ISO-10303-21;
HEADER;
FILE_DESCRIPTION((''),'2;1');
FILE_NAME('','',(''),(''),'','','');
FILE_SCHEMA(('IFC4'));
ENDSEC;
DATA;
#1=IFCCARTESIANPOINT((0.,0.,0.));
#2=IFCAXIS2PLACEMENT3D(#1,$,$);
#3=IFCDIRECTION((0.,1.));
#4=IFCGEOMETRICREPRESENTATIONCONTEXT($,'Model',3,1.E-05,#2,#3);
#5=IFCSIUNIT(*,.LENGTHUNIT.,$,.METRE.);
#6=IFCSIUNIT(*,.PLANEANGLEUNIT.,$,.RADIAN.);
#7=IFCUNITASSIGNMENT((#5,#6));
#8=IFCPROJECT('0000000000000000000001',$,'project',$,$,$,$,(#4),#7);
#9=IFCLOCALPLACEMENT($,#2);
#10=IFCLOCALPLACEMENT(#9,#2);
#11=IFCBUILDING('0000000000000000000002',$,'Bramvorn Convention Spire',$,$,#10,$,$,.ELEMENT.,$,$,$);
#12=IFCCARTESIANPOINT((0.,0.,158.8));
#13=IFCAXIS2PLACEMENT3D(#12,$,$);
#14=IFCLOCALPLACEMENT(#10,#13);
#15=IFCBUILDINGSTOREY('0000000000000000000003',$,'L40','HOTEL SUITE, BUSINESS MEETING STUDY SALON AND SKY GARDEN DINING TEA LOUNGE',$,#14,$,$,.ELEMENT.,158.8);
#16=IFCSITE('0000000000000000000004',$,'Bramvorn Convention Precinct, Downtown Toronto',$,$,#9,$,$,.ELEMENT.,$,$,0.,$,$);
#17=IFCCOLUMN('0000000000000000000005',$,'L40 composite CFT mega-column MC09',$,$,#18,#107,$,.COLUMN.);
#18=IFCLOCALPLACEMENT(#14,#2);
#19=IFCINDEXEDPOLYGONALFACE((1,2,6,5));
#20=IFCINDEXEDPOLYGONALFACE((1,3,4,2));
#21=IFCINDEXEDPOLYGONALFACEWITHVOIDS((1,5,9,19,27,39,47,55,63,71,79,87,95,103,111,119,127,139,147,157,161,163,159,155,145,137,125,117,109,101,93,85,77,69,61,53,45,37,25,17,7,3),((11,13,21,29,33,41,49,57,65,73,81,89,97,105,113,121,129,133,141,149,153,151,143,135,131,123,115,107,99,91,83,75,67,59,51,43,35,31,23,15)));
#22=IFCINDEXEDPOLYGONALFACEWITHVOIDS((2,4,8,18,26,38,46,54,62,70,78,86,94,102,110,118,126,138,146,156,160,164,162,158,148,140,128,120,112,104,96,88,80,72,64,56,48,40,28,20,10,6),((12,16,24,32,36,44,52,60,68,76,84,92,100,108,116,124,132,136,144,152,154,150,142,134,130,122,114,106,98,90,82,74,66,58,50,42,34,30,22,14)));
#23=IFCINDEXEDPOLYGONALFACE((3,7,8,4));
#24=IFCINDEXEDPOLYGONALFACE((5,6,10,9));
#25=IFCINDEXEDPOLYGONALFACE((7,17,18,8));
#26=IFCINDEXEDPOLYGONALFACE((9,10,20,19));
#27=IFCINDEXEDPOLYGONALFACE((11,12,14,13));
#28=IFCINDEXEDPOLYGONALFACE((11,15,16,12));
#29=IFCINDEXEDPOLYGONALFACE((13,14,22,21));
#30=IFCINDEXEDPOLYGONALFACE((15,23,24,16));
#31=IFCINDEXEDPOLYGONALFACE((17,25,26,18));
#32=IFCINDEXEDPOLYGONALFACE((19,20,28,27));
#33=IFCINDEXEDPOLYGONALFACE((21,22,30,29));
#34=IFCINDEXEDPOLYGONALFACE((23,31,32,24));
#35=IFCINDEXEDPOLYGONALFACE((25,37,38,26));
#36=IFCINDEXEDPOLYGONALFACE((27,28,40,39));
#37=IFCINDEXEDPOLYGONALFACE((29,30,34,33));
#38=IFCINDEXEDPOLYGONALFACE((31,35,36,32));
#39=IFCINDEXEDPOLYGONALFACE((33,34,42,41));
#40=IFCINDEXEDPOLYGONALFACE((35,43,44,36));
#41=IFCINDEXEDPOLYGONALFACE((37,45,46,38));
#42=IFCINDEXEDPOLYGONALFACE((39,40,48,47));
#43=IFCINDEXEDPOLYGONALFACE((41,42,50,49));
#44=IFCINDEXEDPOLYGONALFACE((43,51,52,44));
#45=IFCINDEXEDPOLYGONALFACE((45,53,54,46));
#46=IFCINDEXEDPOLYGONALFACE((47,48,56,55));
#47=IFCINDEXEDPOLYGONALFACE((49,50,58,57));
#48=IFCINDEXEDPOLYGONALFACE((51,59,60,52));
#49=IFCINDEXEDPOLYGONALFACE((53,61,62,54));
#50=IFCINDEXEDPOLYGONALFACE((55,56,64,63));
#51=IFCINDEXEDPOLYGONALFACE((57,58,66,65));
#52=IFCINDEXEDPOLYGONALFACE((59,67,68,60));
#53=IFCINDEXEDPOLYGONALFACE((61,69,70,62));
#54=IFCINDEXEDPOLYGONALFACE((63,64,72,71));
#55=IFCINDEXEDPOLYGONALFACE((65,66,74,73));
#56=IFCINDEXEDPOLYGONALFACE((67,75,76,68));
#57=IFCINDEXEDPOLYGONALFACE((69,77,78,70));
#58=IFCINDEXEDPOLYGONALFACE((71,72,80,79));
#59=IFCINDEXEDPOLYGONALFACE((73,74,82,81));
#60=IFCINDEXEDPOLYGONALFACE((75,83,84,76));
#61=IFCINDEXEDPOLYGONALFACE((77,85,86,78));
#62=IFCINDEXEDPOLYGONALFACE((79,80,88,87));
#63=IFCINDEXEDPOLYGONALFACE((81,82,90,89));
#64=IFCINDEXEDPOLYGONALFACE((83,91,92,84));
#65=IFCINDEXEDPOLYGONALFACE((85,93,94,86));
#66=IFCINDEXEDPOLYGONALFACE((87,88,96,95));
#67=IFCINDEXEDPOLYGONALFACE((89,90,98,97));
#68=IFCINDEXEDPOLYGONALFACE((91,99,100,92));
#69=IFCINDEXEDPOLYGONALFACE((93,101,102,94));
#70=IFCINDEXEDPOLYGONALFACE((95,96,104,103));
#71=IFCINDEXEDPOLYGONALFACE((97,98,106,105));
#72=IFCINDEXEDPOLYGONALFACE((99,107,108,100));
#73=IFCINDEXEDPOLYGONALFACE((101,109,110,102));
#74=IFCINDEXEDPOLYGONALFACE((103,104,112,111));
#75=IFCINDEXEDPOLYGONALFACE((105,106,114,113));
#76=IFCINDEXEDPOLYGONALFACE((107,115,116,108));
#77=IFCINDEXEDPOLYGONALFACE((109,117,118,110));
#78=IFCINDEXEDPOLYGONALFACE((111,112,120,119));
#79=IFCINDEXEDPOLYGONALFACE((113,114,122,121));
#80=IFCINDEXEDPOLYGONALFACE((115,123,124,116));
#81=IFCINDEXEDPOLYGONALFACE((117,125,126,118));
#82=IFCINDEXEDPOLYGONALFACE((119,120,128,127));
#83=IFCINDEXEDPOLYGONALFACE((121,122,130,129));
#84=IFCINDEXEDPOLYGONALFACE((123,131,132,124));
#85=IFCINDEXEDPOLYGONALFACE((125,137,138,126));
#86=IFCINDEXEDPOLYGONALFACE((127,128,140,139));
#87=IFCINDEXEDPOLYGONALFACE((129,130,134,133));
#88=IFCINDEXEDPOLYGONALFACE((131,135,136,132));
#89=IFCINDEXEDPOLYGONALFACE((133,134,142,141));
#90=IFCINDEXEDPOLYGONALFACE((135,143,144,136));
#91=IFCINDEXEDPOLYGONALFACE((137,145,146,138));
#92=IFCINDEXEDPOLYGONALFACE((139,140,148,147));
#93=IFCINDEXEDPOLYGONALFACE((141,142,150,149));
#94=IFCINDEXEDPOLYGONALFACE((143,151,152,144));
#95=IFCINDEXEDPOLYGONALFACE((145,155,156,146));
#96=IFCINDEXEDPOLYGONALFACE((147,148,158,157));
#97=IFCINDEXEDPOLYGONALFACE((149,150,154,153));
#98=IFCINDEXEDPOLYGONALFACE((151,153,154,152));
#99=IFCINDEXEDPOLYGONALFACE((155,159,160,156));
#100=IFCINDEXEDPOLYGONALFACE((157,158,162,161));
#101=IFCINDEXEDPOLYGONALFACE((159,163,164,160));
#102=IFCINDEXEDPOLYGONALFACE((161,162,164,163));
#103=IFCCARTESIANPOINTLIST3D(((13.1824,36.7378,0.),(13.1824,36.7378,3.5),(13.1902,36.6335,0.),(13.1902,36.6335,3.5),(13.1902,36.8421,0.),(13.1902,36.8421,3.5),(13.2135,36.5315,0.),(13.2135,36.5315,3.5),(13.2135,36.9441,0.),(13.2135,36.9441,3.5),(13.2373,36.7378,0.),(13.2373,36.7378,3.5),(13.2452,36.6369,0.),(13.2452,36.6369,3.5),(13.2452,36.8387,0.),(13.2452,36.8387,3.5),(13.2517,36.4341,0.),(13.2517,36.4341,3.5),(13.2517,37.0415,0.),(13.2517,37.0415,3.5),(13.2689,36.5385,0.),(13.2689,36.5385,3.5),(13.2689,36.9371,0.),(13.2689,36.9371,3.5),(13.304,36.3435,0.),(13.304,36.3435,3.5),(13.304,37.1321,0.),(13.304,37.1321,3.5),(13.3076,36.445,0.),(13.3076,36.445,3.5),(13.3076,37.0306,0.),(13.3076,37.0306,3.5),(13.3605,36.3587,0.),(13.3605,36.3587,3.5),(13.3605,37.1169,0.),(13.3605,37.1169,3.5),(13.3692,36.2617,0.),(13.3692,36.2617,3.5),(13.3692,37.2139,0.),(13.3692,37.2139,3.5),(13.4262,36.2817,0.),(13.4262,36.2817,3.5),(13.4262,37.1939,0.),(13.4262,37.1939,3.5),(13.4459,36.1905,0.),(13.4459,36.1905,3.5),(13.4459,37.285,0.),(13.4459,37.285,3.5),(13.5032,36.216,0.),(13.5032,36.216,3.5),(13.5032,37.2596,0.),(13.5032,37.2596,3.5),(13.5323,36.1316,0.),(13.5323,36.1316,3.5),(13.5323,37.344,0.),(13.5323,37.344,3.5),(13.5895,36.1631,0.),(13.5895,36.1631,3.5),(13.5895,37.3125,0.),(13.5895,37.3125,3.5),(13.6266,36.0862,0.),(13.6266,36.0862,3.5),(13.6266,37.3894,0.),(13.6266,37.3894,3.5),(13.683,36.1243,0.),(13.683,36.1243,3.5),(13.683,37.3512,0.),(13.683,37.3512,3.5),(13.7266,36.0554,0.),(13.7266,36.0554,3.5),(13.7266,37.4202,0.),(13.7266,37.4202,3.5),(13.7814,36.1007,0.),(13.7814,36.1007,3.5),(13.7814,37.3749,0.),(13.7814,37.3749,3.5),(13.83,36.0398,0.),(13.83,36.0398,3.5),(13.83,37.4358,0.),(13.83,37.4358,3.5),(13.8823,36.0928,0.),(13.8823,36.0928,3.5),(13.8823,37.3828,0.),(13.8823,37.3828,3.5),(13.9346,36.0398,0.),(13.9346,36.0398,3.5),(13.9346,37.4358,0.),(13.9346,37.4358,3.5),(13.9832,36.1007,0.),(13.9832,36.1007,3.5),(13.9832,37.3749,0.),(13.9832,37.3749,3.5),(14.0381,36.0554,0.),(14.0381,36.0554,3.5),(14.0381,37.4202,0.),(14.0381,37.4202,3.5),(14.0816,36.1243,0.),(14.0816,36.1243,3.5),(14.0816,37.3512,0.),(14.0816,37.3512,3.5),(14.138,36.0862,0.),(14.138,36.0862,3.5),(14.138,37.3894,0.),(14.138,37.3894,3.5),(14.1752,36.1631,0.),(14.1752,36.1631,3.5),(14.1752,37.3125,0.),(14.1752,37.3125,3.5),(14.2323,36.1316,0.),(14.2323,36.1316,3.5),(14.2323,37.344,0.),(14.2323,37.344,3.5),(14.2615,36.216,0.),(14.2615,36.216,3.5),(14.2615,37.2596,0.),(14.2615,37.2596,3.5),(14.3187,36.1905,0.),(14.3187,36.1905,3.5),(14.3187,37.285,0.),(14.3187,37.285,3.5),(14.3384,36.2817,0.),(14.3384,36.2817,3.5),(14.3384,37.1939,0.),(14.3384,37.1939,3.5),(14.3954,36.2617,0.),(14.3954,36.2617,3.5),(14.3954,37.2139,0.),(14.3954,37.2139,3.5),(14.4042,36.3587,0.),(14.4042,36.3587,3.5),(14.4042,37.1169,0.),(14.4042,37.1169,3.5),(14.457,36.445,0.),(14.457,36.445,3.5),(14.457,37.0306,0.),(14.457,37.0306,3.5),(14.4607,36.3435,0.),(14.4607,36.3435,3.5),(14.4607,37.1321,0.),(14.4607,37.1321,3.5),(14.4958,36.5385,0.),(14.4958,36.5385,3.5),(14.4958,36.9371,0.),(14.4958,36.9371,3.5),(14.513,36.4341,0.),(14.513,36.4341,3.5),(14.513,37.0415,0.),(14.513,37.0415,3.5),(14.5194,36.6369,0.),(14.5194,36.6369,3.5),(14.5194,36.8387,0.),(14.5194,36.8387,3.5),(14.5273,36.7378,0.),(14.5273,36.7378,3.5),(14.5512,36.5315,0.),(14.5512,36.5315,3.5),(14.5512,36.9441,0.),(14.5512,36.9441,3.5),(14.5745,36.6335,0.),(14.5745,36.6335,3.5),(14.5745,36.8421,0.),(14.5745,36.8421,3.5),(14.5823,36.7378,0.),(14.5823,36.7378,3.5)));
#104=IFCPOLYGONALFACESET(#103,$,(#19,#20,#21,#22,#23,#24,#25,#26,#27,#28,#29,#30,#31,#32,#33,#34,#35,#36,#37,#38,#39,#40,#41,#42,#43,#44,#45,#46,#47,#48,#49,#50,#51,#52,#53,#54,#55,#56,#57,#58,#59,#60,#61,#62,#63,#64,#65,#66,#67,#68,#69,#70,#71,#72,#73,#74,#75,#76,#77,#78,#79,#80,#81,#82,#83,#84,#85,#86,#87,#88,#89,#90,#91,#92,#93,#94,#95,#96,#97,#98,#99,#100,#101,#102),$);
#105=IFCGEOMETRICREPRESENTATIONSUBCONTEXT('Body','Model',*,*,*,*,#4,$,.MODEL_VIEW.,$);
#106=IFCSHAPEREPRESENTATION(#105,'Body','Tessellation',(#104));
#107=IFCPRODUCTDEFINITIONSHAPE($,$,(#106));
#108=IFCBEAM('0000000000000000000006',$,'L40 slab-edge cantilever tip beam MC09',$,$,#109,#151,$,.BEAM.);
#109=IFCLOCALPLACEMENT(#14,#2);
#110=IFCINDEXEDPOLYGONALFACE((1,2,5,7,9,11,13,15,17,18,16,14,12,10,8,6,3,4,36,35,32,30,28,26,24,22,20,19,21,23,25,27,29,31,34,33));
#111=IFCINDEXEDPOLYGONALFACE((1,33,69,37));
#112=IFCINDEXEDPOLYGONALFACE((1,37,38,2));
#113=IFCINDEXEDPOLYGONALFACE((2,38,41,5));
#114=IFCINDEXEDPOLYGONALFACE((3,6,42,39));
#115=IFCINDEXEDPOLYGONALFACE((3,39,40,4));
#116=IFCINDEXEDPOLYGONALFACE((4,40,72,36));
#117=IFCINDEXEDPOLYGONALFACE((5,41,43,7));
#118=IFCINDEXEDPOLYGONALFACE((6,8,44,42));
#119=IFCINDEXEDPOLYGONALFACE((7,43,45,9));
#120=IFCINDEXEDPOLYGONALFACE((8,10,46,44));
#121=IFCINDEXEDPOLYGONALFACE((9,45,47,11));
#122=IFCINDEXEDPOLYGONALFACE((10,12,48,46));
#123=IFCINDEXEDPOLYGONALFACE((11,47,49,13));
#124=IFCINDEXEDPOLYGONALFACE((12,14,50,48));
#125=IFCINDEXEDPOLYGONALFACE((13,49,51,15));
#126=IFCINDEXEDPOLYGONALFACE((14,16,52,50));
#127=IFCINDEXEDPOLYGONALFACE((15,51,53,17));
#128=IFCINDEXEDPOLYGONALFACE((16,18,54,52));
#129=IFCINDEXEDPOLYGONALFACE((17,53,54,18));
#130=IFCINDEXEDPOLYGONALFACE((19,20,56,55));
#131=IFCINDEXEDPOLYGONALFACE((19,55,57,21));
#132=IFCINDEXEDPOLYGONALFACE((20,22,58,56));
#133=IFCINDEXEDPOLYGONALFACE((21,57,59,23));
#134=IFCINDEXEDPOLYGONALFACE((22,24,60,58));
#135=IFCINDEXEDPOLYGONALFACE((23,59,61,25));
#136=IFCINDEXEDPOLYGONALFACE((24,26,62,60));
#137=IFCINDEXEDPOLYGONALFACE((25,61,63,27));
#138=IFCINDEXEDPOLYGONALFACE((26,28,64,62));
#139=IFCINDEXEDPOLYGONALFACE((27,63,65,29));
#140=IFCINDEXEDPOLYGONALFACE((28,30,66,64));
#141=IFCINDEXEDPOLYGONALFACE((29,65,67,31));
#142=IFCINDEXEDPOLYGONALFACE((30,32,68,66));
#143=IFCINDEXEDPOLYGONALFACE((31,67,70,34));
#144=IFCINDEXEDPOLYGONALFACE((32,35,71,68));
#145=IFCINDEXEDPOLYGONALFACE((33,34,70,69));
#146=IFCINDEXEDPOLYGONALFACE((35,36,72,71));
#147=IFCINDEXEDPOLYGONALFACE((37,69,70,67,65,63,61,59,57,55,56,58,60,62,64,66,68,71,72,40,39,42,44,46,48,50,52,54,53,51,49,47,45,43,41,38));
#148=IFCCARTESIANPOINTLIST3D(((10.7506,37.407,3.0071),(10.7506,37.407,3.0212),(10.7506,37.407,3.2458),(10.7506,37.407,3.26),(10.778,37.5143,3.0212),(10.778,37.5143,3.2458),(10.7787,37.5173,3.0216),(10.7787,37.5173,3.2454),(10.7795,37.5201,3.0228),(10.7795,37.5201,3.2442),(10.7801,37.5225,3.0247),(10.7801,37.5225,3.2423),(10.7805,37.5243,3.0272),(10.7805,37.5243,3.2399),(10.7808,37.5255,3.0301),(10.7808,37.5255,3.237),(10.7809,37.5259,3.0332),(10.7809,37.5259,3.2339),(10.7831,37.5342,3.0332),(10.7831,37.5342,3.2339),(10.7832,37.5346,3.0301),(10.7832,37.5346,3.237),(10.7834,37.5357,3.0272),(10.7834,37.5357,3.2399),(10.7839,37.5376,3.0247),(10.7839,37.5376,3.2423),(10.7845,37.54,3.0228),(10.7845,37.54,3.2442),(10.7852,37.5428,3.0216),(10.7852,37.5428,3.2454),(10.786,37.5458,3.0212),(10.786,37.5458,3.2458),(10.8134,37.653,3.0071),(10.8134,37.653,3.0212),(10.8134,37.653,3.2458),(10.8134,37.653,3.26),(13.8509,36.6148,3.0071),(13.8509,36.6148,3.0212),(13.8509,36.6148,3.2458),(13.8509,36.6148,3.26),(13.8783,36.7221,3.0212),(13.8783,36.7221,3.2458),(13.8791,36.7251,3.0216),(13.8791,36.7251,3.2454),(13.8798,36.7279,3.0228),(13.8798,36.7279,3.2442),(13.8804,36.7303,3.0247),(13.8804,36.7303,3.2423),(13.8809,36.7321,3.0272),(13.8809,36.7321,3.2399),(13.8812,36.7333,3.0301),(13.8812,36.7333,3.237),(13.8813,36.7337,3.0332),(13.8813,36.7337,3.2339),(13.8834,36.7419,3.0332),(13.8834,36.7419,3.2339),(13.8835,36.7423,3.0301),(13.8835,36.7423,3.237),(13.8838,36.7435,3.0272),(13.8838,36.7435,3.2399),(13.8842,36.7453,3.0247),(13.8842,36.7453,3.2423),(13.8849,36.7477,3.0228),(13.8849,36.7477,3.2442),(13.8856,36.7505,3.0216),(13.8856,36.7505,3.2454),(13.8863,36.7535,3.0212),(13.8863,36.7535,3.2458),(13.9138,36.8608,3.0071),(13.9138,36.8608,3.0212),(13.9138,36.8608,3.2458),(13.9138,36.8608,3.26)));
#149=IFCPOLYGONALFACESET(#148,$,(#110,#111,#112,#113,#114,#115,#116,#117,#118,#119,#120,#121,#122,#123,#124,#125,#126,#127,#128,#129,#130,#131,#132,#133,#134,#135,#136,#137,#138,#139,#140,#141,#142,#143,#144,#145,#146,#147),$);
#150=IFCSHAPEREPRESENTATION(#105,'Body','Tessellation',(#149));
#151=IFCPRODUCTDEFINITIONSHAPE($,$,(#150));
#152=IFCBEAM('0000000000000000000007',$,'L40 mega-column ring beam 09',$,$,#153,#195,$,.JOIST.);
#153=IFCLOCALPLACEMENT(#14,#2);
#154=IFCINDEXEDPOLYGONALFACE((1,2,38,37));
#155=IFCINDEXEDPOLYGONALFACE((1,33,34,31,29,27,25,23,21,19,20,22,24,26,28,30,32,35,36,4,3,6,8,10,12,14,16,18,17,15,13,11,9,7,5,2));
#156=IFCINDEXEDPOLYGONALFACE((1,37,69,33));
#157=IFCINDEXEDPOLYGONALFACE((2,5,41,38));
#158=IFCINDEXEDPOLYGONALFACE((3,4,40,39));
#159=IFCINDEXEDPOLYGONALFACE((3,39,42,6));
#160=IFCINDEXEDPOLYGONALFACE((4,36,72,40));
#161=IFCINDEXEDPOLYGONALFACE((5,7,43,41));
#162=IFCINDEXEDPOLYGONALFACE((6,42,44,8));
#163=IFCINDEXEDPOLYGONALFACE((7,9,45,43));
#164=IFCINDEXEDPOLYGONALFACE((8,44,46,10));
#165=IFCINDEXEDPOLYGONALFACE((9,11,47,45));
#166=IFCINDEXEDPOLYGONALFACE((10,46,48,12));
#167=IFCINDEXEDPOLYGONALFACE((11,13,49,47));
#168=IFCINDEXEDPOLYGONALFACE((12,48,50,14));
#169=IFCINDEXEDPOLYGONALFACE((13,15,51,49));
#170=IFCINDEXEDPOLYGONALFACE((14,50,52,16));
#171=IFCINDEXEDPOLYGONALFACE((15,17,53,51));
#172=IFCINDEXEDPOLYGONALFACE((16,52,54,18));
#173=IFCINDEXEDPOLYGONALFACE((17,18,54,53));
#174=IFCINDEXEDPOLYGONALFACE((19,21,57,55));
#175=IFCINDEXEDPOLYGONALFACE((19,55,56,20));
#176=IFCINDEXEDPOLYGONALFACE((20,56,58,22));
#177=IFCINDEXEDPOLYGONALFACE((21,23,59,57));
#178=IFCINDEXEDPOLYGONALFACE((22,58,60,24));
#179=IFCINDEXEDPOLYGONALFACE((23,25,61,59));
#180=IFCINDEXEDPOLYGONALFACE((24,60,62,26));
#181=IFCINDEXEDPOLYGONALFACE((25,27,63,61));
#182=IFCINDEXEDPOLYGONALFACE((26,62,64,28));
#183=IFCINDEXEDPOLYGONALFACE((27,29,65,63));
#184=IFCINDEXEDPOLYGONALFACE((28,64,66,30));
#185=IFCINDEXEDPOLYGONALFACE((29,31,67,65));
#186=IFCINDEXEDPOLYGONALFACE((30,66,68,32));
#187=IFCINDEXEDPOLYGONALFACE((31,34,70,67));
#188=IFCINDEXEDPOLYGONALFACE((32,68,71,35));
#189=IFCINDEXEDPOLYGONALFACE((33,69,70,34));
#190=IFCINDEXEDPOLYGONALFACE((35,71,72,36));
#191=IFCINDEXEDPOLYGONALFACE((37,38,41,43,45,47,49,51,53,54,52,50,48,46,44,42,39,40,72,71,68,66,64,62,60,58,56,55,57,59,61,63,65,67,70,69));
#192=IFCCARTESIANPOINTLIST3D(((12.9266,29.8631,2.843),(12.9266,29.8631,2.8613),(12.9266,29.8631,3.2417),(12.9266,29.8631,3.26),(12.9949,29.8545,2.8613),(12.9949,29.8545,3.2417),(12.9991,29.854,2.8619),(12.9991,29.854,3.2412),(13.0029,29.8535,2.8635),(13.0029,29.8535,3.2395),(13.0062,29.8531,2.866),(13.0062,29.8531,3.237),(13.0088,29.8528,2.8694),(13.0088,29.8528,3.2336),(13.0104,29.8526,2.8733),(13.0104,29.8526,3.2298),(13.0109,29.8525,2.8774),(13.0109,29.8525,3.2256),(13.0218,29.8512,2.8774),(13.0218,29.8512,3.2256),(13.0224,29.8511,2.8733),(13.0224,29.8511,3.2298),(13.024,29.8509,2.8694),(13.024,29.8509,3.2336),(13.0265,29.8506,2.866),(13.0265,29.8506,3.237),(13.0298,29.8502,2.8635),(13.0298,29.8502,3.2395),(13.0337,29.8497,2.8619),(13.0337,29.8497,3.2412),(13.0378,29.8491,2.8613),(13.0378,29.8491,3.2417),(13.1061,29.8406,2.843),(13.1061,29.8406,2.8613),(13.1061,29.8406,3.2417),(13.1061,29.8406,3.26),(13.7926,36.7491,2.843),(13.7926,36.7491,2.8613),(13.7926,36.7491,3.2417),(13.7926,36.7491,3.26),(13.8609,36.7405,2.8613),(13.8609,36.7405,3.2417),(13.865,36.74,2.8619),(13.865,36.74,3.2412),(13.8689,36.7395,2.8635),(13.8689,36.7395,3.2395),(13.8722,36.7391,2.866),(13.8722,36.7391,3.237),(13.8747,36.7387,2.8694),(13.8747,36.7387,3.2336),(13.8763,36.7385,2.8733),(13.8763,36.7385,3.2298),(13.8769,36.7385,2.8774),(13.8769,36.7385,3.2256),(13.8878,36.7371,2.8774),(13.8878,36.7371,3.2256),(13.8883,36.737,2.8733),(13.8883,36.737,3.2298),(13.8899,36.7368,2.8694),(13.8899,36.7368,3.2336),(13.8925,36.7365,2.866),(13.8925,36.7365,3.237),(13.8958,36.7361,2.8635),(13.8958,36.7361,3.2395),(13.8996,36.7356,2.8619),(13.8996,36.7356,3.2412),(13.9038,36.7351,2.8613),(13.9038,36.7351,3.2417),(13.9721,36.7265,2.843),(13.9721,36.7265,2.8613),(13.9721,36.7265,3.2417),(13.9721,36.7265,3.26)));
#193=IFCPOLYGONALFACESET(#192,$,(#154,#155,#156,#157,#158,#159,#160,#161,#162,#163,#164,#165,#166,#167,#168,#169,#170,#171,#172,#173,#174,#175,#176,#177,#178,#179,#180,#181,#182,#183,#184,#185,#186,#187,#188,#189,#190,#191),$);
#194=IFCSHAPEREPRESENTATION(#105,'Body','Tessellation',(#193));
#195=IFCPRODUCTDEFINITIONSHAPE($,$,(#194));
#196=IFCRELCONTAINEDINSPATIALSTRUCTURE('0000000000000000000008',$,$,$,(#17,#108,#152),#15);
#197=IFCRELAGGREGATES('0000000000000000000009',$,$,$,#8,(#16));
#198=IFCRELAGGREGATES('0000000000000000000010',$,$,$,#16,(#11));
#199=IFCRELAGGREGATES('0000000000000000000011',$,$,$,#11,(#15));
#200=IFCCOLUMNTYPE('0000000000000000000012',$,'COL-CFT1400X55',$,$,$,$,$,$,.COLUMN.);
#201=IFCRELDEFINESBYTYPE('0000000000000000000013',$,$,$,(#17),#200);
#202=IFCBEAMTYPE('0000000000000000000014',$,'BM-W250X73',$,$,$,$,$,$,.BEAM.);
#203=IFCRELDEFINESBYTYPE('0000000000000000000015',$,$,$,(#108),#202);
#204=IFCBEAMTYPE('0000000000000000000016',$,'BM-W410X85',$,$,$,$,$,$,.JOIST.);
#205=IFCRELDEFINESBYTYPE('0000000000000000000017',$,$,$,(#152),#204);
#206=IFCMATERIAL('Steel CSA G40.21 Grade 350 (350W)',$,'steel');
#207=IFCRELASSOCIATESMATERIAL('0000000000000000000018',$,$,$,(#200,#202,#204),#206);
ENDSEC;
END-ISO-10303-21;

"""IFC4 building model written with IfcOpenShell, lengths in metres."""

from ifc_helpers import new_model, si_unit, direction, frame, origin, origin_2d, place, context, subcontext, project, spatial, hollow_circle, i_section, extrude, material, material_profile, profile_set, type_object, element, save


model = new_model("IFC4")

# Units and contexts
model_context = context("Model", 3, precision=1e-05, world=origin(), true_north=direction((0.0, 1.0)))
body_context = subcontext(model_context, "Body", "Model", "MODEL_VIEW")
ifc_project = project(units=[si_unit("LENGTHUNIT", "METRE"), si_unit("PLANEANGLEUNIT", "RADIAN")], contexts=[model_context])

# Site, building, storey
site_placement = place(None, origin())
site = spatial("IfcSite", under=ifc_project, at=site_placement, Name="Bramvorn Convention Precinct, Downtown Toronto", CompositionType="ELEMENT", RefElevation=0.0)
building_placement = place(site_placement, origin())
building = spatial("IfcBuilding", under=site, at=building_placement, Name="Bramvorn Convention Spire", CompositionType="ELEMENT")
storey_placement = place(building_placement, frame((0.0, 0.0, 158.8)))
storey = spatial("IfcBuildingStorey", under=building, at=storey_placement, Name="L40", Description="HOTEL SUITE, BUSINESS MEETING STUDY SALON AND SKY GARDEN DINING TEA LOUNGE", CompositionType="ELEMENT", Elevation=158.8)

# Column
ifc_material_1 = material(Name="Steel CSA G40.21 Grade 350 (350W)", Category="steel")
ifc_material_profile_1 = material_profile(ifc_material_1, hollow_circle(Radius=0.7, WallThickness=0.0549, at=origin_2d()))
ifc_profile_set_1 = profile_set([ifc_material_profile_1], Name="Steel CSA G40.21 Grade 350 (350W) - CFT1400X55")
column_type = type_object("IfcColumnType", Name="COL-CFT1400X55", PredefinedType="COLUMN", material=ifc_profile_set_1)
column_placement = place(storey_placement, frame((13.8823, 36.7378, 0.0), z_axis=(0.0, 0.0, 1.0), x_axis=(1.0, 0.0, 0.0)))
element("IfcColumn", 1, at=column_placement, inside=storey, type_object=column_type, Name="L40 composite CFT mega-column MC09", PredefinedType="COLUMN", context=body_context, shape_type="SweptSolid", body=[
    extrude(hollow_circle(Radius=0.7, WallThickness=0.0549, at=origin_2d()), origin(), (0.0, 0.0, 1.0), 3.5),
])

# Beams
ifc_material_profile_2 = material_profile(ifc_material_1, i_section(OverallWidth=0.2539, OverallDepth=0.2529, WebThickness=0.0085, FlangeThickness=0.0142, FilletRadius=0.012, at=origin_2d()))
ifc_profile_set_2 = profile_set([ifc_material_profile_2], Name="Steel CSA G40.21 Grade 350 (350W) - W250X73")
beam_type_1 = type_object("IfcBeamType", Name="BM-W250X73", PredefinedType="BEAM", material=ifc_profile_set_2)
beam_1_placement = place(storey_placement, frame((13.8823, 36.7378, 3.1335), z_axis=(-0.968868, 0.247577, 0.0), x_axis=(-0.247577, -0.968868, 0.0)))
element("IfcBeam", 2, at=beam_1_placement, inside=storey, type_object=beam_type_1, Name="L40 slab-edge cantilever tip beam MC09", PredefinedType="BEAM", context=body_context, shape_type="SweptSolid", body=[
    extrude(i_section(OverallWidth=0.2539, OverallDepth=0.2529, WebThickness=0.0085, FlangeThickness=0.0142, FilletRadius=0.012, at=origin_2d()), origin(), (0.0, 0.0, 1.0), 3.2),
])
ifc_material_profile_3 = material_profile(ifc_material_1, i_section(OverallWidth=0.1809, OverallDepth=0.417, WebThickness=0.011, FlangeThickness=0.0183, FilletRadius=0.0161, at=origin_2d()))
ifc_profile_set_3 = profile_set([ifc_material_profile_3], Name="Steel CSA G40.21 Grade 350 (350W) - W410X85")
beam_type_2 = type_object("IfcBeamType", Name="BM-W410X85", PredefinedType="JOIST", material=ifc_profile_set_3)
beam_2_placement = place(storey_placement, frame((13.8823, 36.7378, 3.0515), z_axis=(-0.124775, -0.992185, 0.0), x_axis=(0.992185, -0.124775, 0.0)))
element("IfcBeam", 3, at=beam_2_placement, inside=storey, type_object=beam_type_2, Name="L40 mega-column ring beam 09", PredefinedType="JOIST", context=body_context, shape_type="SweptSolid", body=[
    extrude(i_section(OverallWidth=0.1809, OverallDepth=0.417, WebThickness=0.011, FlangeThickness=0.0183, FilletRadius=0.0161, at=origin_2d()), origin(), (0.0, 0.0, 1.0), 6.9402),
])

save(model, "model.ifc")
